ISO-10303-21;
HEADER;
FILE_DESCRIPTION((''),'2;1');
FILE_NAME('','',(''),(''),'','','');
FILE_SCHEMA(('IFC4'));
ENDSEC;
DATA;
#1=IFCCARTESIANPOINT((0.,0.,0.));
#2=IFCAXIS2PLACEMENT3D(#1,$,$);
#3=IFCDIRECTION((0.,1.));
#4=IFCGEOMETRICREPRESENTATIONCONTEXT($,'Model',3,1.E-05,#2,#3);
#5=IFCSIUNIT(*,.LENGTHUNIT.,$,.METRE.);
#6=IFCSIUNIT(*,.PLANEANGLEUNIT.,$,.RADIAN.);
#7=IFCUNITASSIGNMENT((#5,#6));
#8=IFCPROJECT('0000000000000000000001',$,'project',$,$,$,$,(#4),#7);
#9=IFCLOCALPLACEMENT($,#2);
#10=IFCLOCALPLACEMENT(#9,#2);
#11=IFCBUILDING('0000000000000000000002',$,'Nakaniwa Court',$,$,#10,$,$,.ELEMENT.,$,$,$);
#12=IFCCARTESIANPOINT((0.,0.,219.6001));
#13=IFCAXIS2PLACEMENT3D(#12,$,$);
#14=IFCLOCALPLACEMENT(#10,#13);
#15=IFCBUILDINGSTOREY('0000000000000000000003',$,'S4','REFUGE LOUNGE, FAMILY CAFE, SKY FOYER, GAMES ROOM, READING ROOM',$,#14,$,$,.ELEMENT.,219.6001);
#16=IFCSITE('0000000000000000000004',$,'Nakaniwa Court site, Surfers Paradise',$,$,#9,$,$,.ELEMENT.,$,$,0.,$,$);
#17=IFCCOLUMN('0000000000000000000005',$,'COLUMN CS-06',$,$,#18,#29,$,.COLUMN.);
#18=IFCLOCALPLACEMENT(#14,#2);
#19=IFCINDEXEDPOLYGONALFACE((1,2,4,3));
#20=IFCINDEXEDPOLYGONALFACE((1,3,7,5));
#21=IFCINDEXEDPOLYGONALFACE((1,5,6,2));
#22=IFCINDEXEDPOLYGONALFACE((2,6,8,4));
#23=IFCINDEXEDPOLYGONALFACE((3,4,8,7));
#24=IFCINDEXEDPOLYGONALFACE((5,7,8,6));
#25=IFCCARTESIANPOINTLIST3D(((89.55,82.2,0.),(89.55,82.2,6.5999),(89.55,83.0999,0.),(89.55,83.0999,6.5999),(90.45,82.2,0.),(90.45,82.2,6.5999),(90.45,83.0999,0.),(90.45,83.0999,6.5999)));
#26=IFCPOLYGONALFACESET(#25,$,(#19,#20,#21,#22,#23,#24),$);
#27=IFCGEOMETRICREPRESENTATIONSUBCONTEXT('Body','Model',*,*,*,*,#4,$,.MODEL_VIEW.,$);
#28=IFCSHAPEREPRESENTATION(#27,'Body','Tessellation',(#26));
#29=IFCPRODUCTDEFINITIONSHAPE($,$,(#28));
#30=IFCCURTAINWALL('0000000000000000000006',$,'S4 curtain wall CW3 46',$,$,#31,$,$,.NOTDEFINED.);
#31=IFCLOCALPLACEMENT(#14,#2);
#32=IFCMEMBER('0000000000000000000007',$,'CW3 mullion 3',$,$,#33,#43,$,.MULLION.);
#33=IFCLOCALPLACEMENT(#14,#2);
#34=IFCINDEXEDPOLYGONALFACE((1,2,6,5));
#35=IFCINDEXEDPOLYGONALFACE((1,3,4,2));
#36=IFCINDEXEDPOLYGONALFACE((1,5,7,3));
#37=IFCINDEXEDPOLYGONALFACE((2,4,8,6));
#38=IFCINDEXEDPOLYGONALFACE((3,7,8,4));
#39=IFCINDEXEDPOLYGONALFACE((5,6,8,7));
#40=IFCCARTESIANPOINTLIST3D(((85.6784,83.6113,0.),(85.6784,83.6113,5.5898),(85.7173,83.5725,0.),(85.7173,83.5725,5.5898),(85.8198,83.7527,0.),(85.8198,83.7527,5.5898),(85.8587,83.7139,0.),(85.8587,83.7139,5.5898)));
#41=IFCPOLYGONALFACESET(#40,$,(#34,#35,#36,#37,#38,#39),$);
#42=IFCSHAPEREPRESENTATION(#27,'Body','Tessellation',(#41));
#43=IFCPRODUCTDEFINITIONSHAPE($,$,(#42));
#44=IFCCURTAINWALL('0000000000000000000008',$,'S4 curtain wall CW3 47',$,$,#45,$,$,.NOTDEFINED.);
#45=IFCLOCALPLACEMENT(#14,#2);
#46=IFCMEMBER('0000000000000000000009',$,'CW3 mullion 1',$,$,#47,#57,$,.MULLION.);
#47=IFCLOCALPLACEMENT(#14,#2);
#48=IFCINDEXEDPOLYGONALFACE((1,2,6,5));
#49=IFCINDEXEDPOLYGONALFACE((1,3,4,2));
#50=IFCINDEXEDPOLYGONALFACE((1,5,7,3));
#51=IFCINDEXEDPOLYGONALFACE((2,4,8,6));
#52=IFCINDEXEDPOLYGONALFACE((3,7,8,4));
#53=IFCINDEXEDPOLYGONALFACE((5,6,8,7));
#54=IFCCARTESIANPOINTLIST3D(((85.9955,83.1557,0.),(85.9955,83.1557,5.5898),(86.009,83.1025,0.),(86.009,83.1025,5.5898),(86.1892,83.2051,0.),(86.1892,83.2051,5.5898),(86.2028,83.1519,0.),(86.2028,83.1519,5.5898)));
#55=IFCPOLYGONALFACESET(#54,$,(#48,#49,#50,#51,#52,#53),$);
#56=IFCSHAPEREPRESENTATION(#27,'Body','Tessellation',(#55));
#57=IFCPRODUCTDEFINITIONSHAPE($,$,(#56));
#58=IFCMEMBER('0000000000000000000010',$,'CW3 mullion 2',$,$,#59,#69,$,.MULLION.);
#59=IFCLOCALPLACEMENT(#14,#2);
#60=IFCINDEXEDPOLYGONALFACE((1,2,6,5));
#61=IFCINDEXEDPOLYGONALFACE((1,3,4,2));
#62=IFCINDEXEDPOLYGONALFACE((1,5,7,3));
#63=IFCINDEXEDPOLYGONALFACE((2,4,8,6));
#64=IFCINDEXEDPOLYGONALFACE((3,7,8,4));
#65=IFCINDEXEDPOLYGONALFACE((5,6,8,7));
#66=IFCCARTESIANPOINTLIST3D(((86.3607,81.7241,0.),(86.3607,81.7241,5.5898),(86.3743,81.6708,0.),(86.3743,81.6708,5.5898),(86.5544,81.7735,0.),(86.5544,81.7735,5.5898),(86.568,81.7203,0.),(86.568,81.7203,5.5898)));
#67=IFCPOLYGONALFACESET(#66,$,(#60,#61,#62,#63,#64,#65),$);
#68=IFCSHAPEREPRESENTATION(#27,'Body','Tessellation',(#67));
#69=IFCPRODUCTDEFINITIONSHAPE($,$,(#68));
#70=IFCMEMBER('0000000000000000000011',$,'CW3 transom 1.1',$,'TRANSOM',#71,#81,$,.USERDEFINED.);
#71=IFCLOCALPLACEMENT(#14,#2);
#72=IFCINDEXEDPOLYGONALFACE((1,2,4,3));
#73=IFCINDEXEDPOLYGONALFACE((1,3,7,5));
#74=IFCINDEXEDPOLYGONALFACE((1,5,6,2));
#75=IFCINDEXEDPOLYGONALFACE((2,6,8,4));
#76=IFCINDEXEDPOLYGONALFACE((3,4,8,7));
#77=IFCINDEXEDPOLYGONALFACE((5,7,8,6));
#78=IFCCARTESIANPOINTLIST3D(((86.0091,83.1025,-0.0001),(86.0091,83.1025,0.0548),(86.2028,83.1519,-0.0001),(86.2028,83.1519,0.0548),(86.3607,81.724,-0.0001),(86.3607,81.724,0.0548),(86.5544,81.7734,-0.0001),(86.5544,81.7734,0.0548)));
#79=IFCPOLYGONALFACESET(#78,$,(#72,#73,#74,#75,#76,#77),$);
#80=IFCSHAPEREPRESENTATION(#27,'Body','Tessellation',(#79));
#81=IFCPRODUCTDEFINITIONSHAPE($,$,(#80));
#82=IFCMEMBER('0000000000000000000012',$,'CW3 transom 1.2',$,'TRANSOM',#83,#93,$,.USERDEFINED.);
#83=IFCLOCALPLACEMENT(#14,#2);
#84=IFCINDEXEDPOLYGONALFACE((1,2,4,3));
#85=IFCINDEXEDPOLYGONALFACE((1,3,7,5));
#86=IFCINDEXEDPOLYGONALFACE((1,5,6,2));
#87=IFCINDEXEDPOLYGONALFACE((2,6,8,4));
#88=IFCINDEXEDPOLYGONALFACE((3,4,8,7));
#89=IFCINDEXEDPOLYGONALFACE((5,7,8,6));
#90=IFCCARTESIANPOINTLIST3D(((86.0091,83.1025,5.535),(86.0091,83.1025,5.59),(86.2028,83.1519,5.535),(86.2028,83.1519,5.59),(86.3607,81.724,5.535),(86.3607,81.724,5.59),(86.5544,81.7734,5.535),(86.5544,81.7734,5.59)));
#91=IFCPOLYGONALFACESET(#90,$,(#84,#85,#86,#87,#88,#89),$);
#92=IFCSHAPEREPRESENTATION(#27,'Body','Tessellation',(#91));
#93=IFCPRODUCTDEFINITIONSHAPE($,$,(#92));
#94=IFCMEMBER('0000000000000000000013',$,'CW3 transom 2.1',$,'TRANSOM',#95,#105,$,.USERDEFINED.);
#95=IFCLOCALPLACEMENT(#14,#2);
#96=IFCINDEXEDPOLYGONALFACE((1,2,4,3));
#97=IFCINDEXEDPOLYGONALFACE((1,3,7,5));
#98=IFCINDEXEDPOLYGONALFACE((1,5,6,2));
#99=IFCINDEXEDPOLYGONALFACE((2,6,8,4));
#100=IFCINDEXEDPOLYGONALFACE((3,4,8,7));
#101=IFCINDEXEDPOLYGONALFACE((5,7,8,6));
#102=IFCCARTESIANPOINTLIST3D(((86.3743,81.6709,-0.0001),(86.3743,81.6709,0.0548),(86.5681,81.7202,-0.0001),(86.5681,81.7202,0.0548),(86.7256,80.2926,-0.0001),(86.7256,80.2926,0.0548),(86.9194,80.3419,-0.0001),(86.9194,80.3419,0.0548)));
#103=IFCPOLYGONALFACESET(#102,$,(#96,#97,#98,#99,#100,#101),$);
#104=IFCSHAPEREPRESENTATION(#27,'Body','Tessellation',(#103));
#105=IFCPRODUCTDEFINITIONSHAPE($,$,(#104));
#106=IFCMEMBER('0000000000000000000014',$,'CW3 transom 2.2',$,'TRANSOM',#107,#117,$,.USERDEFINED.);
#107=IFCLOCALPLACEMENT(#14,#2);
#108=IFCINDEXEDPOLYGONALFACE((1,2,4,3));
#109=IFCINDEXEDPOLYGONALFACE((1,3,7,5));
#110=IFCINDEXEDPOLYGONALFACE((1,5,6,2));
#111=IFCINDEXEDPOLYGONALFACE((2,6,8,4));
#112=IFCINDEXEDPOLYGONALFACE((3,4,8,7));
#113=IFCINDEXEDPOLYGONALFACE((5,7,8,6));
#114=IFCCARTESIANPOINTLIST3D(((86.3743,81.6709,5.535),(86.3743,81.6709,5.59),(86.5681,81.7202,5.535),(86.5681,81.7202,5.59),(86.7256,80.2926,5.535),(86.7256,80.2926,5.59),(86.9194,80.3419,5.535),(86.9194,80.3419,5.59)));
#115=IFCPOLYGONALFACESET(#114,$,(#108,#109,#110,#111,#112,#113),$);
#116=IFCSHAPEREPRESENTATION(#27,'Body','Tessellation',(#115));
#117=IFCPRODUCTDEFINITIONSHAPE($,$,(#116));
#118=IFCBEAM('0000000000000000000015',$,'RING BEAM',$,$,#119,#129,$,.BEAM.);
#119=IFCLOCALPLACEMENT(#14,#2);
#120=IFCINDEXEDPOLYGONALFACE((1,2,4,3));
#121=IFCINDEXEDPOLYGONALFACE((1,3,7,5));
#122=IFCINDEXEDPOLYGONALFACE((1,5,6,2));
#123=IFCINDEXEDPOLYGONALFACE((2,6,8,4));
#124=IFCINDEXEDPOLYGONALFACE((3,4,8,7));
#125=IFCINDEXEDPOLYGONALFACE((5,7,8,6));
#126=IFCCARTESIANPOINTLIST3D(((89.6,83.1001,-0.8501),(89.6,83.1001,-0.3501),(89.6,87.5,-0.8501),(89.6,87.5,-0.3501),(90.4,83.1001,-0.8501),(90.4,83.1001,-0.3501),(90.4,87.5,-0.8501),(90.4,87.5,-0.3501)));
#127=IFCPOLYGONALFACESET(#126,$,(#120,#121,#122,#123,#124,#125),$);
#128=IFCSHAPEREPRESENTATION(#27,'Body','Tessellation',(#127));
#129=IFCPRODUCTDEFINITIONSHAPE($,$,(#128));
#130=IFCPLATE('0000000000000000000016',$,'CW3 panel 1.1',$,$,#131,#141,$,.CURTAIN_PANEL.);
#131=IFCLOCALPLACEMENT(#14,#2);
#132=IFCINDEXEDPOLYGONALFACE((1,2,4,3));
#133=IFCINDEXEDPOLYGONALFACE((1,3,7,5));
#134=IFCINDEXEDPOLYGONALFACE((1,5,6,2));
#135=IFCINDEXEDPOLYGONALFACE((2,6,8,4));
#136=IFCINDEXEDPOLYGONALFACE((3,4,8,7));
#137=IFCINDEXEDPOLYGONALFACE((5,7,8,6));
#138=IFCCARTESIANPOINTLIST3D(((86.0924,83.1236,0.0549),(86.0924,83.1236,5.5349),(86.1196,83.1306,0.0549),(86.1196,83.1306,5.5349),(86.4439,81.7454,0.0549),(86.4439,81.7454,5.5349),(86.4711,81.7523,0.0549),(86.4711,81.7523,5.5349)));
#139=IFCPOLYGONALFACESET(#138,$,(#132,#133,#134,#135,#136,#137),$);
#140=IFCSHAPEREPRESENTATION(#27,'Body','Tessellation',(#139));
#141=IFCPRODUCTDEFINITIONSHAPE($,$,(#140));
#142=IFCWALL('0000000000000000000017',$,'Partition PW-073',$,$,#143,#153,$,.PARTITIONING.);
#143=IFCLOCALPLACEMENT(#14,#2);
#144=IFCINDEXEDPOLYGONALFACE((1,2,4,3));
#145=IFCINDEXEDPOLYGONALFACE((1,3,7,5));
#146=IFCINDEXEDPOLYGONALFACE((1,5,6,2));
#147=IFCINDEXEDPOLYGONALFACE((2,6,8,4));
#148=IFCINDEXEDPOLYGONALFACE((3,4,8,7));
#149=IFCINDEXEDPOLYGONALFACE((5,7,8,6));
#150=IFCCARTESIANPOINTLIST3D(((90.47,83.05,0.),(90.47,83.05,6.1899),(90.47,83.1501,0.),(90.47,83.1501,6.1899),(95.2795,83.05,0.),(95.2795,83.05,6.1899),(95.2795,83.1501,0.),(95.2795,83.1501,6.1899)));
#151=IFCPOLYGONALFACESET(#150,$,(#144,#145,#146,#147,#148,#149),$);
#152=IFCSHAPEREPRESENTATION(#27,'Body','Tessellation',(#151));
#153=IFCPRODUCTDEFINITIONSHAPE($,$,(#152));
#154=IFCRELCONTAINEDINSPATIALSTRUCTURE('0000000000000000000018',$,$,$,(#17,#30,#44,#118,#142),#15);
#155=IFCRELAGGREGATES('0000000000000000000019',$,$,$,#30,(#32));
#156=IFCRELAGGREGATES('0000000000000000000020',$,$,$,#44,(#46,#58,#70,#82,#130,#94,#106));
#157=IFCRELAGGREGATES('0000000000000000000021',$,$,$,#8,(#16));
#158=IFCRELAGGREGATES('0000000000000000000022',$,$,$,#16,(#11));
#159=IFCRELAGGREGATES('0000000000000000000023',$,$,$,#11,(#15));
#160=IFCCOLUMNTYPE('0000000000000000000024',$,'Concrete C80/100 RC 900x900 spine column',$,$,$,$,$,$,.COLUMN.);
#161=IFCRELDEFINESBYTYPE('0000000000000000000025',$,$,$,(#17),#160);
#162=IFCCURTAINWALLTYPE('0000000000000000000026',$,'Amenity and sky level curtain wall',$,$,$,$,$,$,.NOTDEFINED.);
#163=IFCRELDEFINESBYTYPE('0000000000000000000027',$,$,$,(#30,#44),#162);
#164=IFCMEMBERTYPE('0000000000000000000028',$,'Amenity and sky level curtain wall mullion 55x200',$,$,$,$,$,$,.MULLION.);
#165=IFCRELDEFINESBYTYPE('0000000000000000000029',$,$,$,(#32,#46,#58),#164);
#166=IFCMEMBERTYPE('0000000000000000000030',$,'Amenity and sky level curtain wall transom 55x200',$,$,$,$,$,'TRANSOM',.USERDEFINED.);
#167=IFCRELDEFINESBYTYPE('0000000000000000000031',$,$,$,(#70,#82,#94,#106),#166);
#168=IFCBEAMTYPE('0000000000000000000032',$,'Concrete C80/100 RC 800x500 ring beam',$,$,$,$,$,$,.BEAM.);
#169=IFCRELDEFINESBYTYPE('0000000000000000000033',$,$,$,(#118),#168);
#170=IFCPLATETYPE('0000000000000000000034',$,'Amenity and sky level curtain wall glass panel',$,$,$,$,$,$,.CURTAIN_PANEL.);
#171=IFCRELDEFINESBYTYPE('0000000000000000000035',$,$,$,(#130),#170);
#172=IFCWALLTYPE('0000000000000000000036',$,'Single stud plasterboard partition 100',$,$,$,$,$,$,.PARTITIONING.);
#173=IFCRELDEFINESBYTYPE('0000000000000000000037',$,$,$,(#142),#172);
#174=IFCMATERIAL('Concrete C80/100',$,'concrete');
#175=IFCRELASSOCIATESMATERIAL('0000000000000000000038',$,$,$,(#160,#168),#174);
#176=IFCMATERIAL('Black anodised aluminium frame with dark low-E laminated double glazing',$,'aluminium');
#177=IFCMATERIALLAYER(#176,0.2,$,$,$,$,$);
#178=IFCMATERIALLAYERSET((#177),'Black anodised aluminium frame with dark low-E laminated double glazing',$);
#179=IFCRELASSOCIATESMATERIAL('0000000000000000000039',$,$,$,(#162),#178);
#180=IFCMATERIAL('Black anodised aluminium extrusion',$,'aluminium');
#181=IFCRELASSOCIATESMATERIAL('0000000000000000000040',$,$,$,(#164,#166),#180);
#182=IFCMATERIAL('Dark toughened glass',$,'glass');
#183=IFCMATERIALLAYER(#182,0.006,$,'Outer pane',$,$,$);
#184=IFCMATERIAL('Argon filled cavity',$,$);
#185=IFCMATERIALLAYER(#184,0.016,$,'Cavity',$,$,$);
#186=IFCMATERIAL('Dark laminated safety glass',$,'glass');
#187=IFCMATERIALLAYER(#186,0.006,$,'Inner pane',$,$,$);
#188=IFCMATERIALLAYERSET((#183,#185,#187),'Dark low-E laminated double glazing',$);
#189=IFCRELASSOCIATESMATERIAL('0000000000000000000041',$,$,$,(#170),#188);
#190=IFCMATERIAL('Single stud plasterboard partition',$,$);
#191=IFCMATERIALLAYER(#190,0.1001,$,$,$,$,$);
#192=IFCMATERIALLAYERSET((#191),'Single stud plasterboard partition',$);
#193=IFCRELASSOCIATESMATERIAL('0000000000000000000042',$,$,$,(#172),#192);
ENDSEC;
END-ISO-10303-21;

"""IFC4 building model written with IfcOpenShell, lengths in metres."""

from ifc_helpers import new_model, si_unit, direction, frame, frame_2d, origin, origin_2d, place, context, subcontext, project, spatial, rectangle, extrude, material, layer, layer_set, material_profile, profile_set, type_object, element, aggregate, save


model = new_model("IFC4")

# Units and contexts
model_context = context("Model", 3, precision=1e-05, world=origin(), true_north=direction((0.0, 1.0)))
body_context = subcontext(model_context, "Body", "Model", "MODEL_VIEW")
ifc_project = project(units=[si_unit("LENGTHUNIT", "METRE"), si_unit("PLANEANGLEUNIT", "RADIAN")], contexts=[model_context])

# Site, building, storey
site_placement = place(None, origin())
site = spatial("IfcSite", under=ifc_project, at=site_placement, Name="Nakaniwa Court site, Surfers Paradise", CompositionType="ELEMENT", RefElevation=0.0)
building_placement = place(site_placement, origin())
building = spatial("IfcBuilding", under=site, at=building_placement, Name="Nakaniwa Court", CompositionType="ELEMENT")
storey_placement = place(building_placement, frame((0.0, 0.0, 219.6001)))
storey = spatial("IfcBuildingStorey", under=building, at=storey_placement, Name="S4", Description="REFUGE LOUNGE, FAMILY CAFE, SKY FOYER, GAMES ROOM, READING ROOM", CompositionType="ELEMENT", Elevation=219.6001)

# Column
ifc_material_1 = material(Name="Concrete C80/100", Category="concrete")
ifc_material_profile_1 = material_profile(ifc_material_1, rectangle(XDim=0.8999, YDim=0.8999, at=origin_2d()), Name="Concrete C80/100 RC 900x900 spine column")
ifc_profile_set_1 = profile_set([ifc_material_profile_1], Name="Concrete C80/100")
column_type_1 = type_object("IfcColumnType", Name="Concrete C80/100 RC 900x900 spine column", PredefinedType="COLUMN", material=ifc_profile_set_1)
column_1_placement = place(storey_placement, frame((90.0, 82.6499, 0.0), z_axis=(0.0, 0.0, 1.0), x_axis=(0.0, 1.0, 0.0)))
element("IfcColumn", 1, at=column_1_placement, inside=storey, type_object=column_type_1, Name="COLUMN CS-06", PredefinedType="COLUMN", context=body_context, shape_type="SweptSolid", body=[
    extrude(rectangle(XDim=0.8999, YDim=0.8999, at=origin_2d()), origin(), (0.0, 0.0, 1.0), 6.5999),
])

# Curtain wall, member
ifc_material_2 = material(Name="Black anodised aluminium frame with dark low-E laminated double glazing", Category="aluminium")
ifc_layer_1 = layer(ifc_material_2, 0.2)
ifc_layer_set_1 = layer_set([ifc_layer_1], Name="Black anodised aluminium frame with dark low-E laminated double glazing")
curtain_wall_type = type_object("IfcCurtainWallType", Name="Amenity and sky level curtain wall", PredefinedType="NOTDEFINED", material=ifc_layer_set_1)
curtain_wall_1_placement = place(storey_placement, origin())
curtain_wall_1 = element("IfcCurtainWall", 2, at=curtain_wall_1_placement, inside=storey, type_object=curtain_wall_type, Name="S4 curtain wall CW3 46", PredefinedType="NOTDEFINED")
ifc_material_3 = material(Name="Black anodised aluminium extrusion", Category="aluminium")
ifc_material_profile_2 = material_profile(ifc_material_3, rectangle(XDim=0.2, YDim=0.0549, at=origin_2d()), Name="Amenity and sky level curtain wall mullion 55x200")
ifc_profile_set_2 = profile_set([ifc_material_profile_2], Name="Black anodised aluminium extrusion")
member_type_1 = type_object("IfcMemberType", Name="Amenity and sky level curtain wall mullion 55x200", PredefinedType="MULLION", material=ifc_profile_set_2)
member_1_placement = place(storey_placement, frame((85.7686, 83.6626, 0.0), z_axis=(0.0, 0.0, 1.0), x_axis=(0.707107, 0.707107, 0.0)))
member_1 = element("IfcMember", 3, at=member_1_placement, type_object=member_type_1, Name="CW3 mullion 3", PredefinedType="MULLION", context=body_context, shape_type="SweptSolid", body=[
    extrude(rectangle(XDim=0.2, YDim=0.0549, at=origin_2d()), origin(), (0.0, 0.0, 1.0), 5.5898),
])
aggregate(curtain_wall_1, [member_1])

# Curtain wall, members
curtain_wall_2_placement = place(storey_placement, origin())
curtain_wall_2 = element("IfcCurtainWall", 4, at=curtain_wall_2_placement, inside=storey, type_object=curtain_wall_type, Name="S4 curtain wall CW3 47", PredefinedType="NOTDEFINED")
member_2_placement = place(storey_placement, frame((86.0991, 83.1538, 0.0), z_axis=(0.0, 0.0, 1.0), x_axis=(0.968986, 0.247114, 0.0)))
member_2 = element("IfcMember", 5, at=member_2_placement, type_object=member_type_1, Name="CW3 mullion 1", PredefinedType="MULLION", context=body_context, shape_type="SweptSolid", body=[
    extrude(rectangle(XDim=0.2, YDim=0.0549, at=origin_2d()), origin(), (0.0, 0.0, 1.0), 5.5898),
])
member_3_placement = place(storey_placement, frame((86.4644, 81.7222, 0.0), z_axis=(0.0, 0.0, 1.0), x_axis=(0.968986, 0.247114, 0.0)))
member_3 = element("IfcMember", 6, at=member_3_placement, type_object=member_type_1, Name="CW3 mullion 2", PredefinedType="MULLION", context=body_context, shape_type="SweptSolid", body=[
    extrude(rectangle(XDim=0.2, YDim=0.0549, at=origin_2d()), origin(), (0.0, 0.0, 1.0), 5.5898),
])
ifc_material_profile_3 = material_profile(ifc_material_3, rectangle(XDim=0.2, YDim=0.0549, at=origin_2d()), Name="Amenity and sky level curtain wall transom 55x200")
ifc_profile_set_3 = profile_set([ifc_material_profile_3], Name="Black anodised aluminium extrusion")
member_type_2 = type_object("IfcMemberType", Name="Amenity and sky level curtain wall transom 55x200", ElementType="TRANSOM", PredefinedType="USERDEFINED", material=ifc_profile_set_3)
member_4_placement = place(storey_placement, frame((86.106, 83.1272, 0.0273), z_axis=(0.247136, -0.968981, 0.0), x_axis=(0.968981, 0.247136, 0.0)))
member_4 = element("IfcMember", 7, at=member_4_placement, type_object=member_type_2, Name="CW3 transom 1.1", ObjectType="TRANSOM", PredefinedType="USERDEFINED", context=body_context, shape_type="SweptSolid", body=[
    extrude(rectangle(XDim=0.2, YDim=0.0549, at=origin_2d()), origin(), (0.0, 0.0, 1.0), 1.4226),
])
member_5_placement = place(storey_placement, frame((86.106, 83.1272, 5.5625), z_axis=(0.247136, -0.968981, 0.0), x_axis=(0.968981, 0.247136, 0.0)))
member_5 = element("IfcMember", 8, at=member_5_placement, type_object=member_type_2, Name="CW3 transom 1.2", ObjectType="TRANSOM", PredefinedType="USERDEFINED", context=body_context, shape_type="SweptSolid", body=[
    extrude(rectangle(XDim=0.2, YDim=0.0549, at=origin_2d()), origin(), (0.0, 0.0, 1.0), 1.4226),
])
member_6_placement = place(storey_placement, frame((86.4712, 81.6956, 0.0273), z_axis=(0.246975, -0.969022, 0.0), x_axis=(0.969022, 0.246975, 0.0)))
member_6 = element("IfcMember", 9, at=member_6_placement, type_object=member_type_2, Name="CW3 transom 2.1", ObjectType="TRANSOM", PredefinedType="USERDEFINED", context=body_context, shape_type="SweptSolid", body=[
    extrude(rectangle(XDim=0.2, YDim=0.0549, at=origin_2d()), origin(), (0.0, 0.0, 1.0), 1.4224),
])
member_7_placement = place(storey_placement, frame((86.4712, 81.6956, 5.5625), z_axis=(0.246975, -0.969022, 0.0), x_axis=(0.969022, 0.246975, 0.0)))
member_7 = element("IfcMember", 10, at=member_7_placement, type_object=member_type_2, Name="CW3 transom 2.2", ObjectType="TRANSOM", PredefinedType="USERDEFINED", context=body_context, shape_type="SweptSolid", body=[
    extrude(rectangle(XDim=0.2, YDim=0.0549, at=origin_2d()), origin(), (0.0, 0.0, 1.0), 1.4224),
])

# Beam
ifc_material_profile_4 = material_profile(ifc_material_1, rectangle(XDim=0.8, YDim=0.5, at=origin_2d()), Name="Concrete C80/100 RC 800x500 ring beam")
ifc_profile_set_4 = profile_set([ifc_material_profile_4], Name="Concrete C80/100")
beam_type = type_object("IfcBeamType", Name="Concrete C80/100 RC 800x500 ring beam", PredefinedType="BEAM", material=ifc_profile_set_4)
beam_placement = place(storey_placement, frame((90.0, 83.1001, -0.6001), z_axis=(0.0, 1.0, 0.0), x_axis=(-1.0, 0.0, 0.0)))
element("IfcBeam", 11, at=beam_placement, inside=storey, type_object=beam_type, Name="RING BEAM", PredefinedType="BEAM", context=body_context, shape_type="SweptSolid", body=[
    extrude(rectangle(XDim=0.8, YDim=0.5, at=origin_2d()), origin(), (0.0, 0.0, 1.0), 4.3999),
])

# Plate
ifc_material_4 = material(Name="Dark toughened glass", Category="glass")
ifc_layer_2 = layer(ifc_material_4, 0.006, Name="Outer pane")
ifc_material_5 = material(Name="Argon filled cavity")
ifc_layer_3 = layer(ifc_material_5, 0.016, Name="Cavity")
ifc_material_6 = material(Name="Dark laminated safety glass", Category="glass")
ifc_layer_4 = layer(ifc_material_6, 0.006, Name="Inner pane")
ifc_layer_set_2 = layer_set([ifc_layer_2, ifc_layer_3, ifc_layer_4], Name="Dark low-E laminated double glazing")
plate_type = type_object("IfcPlateType", Name="Amenity and sky level curtain wall glass panel", PredefinedType="CURTAIN_PANEL", material=ifc_layer_set_2)
plate_placement = place(storey_placement, frame((86.2817, 82.438, 0.0549), z_axis=(0.0, 0.0, 1.0), x_axis=(0.247114, -0.968986, 0.0)))
plate = element("IfcPlate", 12, at=plate_placement, type_object=plate_type, Name="CW3 panel 1.1", PredefinedType="CURTAIN_PANEL", context=body_context, shape_type="SweptSolid", body=[
    extrude(rectangle(XDim=1.4224, YDim=0.0281, at=origin_2d()), origin(), (0.0, 0.0, 1.0), 5.48),
])
aggregate(curtain_wall_2, [member_2, member_3, member_4, member_5, plate, member_6, member_7])

# Wall
ifc_material_7 = material(Name="Single stud plasterboard partition")
ifc_layer_5 = layer(ifc_material_7, 0.1001)
ifc_layer_set_3 = layer_set([ifc_layer_5], Name="Single stud plasterboard partition")
wall_type = type_object("IfcWallType", Name="Single stud plasterboard partition 100", PredefinedType="PARTITIONING", material=ifc_layer_set_3)
wall_placement = place(storey_placement, frame((90.47, 83.1001, 0.0), z_axis=(0.0, 0.0, 1.0), x_axis=(1.0, 0.0, 0.0)))
element("IfcWall", 13, at=wall_placement, inside=storey, type_object=wall_type, Name="Partition PW-073", PredefinedType="PARTITIONING", context=body_context, shape_type="SweptSolid", body=[
    extrude(rectangle(XDim=4.8096, YDim=0.1001, at=frame_2d((2.4048, 0.0))), origin(), (0.0, 0.0, 1.0), 6.1899),
])

save(model, "model.ifc")
